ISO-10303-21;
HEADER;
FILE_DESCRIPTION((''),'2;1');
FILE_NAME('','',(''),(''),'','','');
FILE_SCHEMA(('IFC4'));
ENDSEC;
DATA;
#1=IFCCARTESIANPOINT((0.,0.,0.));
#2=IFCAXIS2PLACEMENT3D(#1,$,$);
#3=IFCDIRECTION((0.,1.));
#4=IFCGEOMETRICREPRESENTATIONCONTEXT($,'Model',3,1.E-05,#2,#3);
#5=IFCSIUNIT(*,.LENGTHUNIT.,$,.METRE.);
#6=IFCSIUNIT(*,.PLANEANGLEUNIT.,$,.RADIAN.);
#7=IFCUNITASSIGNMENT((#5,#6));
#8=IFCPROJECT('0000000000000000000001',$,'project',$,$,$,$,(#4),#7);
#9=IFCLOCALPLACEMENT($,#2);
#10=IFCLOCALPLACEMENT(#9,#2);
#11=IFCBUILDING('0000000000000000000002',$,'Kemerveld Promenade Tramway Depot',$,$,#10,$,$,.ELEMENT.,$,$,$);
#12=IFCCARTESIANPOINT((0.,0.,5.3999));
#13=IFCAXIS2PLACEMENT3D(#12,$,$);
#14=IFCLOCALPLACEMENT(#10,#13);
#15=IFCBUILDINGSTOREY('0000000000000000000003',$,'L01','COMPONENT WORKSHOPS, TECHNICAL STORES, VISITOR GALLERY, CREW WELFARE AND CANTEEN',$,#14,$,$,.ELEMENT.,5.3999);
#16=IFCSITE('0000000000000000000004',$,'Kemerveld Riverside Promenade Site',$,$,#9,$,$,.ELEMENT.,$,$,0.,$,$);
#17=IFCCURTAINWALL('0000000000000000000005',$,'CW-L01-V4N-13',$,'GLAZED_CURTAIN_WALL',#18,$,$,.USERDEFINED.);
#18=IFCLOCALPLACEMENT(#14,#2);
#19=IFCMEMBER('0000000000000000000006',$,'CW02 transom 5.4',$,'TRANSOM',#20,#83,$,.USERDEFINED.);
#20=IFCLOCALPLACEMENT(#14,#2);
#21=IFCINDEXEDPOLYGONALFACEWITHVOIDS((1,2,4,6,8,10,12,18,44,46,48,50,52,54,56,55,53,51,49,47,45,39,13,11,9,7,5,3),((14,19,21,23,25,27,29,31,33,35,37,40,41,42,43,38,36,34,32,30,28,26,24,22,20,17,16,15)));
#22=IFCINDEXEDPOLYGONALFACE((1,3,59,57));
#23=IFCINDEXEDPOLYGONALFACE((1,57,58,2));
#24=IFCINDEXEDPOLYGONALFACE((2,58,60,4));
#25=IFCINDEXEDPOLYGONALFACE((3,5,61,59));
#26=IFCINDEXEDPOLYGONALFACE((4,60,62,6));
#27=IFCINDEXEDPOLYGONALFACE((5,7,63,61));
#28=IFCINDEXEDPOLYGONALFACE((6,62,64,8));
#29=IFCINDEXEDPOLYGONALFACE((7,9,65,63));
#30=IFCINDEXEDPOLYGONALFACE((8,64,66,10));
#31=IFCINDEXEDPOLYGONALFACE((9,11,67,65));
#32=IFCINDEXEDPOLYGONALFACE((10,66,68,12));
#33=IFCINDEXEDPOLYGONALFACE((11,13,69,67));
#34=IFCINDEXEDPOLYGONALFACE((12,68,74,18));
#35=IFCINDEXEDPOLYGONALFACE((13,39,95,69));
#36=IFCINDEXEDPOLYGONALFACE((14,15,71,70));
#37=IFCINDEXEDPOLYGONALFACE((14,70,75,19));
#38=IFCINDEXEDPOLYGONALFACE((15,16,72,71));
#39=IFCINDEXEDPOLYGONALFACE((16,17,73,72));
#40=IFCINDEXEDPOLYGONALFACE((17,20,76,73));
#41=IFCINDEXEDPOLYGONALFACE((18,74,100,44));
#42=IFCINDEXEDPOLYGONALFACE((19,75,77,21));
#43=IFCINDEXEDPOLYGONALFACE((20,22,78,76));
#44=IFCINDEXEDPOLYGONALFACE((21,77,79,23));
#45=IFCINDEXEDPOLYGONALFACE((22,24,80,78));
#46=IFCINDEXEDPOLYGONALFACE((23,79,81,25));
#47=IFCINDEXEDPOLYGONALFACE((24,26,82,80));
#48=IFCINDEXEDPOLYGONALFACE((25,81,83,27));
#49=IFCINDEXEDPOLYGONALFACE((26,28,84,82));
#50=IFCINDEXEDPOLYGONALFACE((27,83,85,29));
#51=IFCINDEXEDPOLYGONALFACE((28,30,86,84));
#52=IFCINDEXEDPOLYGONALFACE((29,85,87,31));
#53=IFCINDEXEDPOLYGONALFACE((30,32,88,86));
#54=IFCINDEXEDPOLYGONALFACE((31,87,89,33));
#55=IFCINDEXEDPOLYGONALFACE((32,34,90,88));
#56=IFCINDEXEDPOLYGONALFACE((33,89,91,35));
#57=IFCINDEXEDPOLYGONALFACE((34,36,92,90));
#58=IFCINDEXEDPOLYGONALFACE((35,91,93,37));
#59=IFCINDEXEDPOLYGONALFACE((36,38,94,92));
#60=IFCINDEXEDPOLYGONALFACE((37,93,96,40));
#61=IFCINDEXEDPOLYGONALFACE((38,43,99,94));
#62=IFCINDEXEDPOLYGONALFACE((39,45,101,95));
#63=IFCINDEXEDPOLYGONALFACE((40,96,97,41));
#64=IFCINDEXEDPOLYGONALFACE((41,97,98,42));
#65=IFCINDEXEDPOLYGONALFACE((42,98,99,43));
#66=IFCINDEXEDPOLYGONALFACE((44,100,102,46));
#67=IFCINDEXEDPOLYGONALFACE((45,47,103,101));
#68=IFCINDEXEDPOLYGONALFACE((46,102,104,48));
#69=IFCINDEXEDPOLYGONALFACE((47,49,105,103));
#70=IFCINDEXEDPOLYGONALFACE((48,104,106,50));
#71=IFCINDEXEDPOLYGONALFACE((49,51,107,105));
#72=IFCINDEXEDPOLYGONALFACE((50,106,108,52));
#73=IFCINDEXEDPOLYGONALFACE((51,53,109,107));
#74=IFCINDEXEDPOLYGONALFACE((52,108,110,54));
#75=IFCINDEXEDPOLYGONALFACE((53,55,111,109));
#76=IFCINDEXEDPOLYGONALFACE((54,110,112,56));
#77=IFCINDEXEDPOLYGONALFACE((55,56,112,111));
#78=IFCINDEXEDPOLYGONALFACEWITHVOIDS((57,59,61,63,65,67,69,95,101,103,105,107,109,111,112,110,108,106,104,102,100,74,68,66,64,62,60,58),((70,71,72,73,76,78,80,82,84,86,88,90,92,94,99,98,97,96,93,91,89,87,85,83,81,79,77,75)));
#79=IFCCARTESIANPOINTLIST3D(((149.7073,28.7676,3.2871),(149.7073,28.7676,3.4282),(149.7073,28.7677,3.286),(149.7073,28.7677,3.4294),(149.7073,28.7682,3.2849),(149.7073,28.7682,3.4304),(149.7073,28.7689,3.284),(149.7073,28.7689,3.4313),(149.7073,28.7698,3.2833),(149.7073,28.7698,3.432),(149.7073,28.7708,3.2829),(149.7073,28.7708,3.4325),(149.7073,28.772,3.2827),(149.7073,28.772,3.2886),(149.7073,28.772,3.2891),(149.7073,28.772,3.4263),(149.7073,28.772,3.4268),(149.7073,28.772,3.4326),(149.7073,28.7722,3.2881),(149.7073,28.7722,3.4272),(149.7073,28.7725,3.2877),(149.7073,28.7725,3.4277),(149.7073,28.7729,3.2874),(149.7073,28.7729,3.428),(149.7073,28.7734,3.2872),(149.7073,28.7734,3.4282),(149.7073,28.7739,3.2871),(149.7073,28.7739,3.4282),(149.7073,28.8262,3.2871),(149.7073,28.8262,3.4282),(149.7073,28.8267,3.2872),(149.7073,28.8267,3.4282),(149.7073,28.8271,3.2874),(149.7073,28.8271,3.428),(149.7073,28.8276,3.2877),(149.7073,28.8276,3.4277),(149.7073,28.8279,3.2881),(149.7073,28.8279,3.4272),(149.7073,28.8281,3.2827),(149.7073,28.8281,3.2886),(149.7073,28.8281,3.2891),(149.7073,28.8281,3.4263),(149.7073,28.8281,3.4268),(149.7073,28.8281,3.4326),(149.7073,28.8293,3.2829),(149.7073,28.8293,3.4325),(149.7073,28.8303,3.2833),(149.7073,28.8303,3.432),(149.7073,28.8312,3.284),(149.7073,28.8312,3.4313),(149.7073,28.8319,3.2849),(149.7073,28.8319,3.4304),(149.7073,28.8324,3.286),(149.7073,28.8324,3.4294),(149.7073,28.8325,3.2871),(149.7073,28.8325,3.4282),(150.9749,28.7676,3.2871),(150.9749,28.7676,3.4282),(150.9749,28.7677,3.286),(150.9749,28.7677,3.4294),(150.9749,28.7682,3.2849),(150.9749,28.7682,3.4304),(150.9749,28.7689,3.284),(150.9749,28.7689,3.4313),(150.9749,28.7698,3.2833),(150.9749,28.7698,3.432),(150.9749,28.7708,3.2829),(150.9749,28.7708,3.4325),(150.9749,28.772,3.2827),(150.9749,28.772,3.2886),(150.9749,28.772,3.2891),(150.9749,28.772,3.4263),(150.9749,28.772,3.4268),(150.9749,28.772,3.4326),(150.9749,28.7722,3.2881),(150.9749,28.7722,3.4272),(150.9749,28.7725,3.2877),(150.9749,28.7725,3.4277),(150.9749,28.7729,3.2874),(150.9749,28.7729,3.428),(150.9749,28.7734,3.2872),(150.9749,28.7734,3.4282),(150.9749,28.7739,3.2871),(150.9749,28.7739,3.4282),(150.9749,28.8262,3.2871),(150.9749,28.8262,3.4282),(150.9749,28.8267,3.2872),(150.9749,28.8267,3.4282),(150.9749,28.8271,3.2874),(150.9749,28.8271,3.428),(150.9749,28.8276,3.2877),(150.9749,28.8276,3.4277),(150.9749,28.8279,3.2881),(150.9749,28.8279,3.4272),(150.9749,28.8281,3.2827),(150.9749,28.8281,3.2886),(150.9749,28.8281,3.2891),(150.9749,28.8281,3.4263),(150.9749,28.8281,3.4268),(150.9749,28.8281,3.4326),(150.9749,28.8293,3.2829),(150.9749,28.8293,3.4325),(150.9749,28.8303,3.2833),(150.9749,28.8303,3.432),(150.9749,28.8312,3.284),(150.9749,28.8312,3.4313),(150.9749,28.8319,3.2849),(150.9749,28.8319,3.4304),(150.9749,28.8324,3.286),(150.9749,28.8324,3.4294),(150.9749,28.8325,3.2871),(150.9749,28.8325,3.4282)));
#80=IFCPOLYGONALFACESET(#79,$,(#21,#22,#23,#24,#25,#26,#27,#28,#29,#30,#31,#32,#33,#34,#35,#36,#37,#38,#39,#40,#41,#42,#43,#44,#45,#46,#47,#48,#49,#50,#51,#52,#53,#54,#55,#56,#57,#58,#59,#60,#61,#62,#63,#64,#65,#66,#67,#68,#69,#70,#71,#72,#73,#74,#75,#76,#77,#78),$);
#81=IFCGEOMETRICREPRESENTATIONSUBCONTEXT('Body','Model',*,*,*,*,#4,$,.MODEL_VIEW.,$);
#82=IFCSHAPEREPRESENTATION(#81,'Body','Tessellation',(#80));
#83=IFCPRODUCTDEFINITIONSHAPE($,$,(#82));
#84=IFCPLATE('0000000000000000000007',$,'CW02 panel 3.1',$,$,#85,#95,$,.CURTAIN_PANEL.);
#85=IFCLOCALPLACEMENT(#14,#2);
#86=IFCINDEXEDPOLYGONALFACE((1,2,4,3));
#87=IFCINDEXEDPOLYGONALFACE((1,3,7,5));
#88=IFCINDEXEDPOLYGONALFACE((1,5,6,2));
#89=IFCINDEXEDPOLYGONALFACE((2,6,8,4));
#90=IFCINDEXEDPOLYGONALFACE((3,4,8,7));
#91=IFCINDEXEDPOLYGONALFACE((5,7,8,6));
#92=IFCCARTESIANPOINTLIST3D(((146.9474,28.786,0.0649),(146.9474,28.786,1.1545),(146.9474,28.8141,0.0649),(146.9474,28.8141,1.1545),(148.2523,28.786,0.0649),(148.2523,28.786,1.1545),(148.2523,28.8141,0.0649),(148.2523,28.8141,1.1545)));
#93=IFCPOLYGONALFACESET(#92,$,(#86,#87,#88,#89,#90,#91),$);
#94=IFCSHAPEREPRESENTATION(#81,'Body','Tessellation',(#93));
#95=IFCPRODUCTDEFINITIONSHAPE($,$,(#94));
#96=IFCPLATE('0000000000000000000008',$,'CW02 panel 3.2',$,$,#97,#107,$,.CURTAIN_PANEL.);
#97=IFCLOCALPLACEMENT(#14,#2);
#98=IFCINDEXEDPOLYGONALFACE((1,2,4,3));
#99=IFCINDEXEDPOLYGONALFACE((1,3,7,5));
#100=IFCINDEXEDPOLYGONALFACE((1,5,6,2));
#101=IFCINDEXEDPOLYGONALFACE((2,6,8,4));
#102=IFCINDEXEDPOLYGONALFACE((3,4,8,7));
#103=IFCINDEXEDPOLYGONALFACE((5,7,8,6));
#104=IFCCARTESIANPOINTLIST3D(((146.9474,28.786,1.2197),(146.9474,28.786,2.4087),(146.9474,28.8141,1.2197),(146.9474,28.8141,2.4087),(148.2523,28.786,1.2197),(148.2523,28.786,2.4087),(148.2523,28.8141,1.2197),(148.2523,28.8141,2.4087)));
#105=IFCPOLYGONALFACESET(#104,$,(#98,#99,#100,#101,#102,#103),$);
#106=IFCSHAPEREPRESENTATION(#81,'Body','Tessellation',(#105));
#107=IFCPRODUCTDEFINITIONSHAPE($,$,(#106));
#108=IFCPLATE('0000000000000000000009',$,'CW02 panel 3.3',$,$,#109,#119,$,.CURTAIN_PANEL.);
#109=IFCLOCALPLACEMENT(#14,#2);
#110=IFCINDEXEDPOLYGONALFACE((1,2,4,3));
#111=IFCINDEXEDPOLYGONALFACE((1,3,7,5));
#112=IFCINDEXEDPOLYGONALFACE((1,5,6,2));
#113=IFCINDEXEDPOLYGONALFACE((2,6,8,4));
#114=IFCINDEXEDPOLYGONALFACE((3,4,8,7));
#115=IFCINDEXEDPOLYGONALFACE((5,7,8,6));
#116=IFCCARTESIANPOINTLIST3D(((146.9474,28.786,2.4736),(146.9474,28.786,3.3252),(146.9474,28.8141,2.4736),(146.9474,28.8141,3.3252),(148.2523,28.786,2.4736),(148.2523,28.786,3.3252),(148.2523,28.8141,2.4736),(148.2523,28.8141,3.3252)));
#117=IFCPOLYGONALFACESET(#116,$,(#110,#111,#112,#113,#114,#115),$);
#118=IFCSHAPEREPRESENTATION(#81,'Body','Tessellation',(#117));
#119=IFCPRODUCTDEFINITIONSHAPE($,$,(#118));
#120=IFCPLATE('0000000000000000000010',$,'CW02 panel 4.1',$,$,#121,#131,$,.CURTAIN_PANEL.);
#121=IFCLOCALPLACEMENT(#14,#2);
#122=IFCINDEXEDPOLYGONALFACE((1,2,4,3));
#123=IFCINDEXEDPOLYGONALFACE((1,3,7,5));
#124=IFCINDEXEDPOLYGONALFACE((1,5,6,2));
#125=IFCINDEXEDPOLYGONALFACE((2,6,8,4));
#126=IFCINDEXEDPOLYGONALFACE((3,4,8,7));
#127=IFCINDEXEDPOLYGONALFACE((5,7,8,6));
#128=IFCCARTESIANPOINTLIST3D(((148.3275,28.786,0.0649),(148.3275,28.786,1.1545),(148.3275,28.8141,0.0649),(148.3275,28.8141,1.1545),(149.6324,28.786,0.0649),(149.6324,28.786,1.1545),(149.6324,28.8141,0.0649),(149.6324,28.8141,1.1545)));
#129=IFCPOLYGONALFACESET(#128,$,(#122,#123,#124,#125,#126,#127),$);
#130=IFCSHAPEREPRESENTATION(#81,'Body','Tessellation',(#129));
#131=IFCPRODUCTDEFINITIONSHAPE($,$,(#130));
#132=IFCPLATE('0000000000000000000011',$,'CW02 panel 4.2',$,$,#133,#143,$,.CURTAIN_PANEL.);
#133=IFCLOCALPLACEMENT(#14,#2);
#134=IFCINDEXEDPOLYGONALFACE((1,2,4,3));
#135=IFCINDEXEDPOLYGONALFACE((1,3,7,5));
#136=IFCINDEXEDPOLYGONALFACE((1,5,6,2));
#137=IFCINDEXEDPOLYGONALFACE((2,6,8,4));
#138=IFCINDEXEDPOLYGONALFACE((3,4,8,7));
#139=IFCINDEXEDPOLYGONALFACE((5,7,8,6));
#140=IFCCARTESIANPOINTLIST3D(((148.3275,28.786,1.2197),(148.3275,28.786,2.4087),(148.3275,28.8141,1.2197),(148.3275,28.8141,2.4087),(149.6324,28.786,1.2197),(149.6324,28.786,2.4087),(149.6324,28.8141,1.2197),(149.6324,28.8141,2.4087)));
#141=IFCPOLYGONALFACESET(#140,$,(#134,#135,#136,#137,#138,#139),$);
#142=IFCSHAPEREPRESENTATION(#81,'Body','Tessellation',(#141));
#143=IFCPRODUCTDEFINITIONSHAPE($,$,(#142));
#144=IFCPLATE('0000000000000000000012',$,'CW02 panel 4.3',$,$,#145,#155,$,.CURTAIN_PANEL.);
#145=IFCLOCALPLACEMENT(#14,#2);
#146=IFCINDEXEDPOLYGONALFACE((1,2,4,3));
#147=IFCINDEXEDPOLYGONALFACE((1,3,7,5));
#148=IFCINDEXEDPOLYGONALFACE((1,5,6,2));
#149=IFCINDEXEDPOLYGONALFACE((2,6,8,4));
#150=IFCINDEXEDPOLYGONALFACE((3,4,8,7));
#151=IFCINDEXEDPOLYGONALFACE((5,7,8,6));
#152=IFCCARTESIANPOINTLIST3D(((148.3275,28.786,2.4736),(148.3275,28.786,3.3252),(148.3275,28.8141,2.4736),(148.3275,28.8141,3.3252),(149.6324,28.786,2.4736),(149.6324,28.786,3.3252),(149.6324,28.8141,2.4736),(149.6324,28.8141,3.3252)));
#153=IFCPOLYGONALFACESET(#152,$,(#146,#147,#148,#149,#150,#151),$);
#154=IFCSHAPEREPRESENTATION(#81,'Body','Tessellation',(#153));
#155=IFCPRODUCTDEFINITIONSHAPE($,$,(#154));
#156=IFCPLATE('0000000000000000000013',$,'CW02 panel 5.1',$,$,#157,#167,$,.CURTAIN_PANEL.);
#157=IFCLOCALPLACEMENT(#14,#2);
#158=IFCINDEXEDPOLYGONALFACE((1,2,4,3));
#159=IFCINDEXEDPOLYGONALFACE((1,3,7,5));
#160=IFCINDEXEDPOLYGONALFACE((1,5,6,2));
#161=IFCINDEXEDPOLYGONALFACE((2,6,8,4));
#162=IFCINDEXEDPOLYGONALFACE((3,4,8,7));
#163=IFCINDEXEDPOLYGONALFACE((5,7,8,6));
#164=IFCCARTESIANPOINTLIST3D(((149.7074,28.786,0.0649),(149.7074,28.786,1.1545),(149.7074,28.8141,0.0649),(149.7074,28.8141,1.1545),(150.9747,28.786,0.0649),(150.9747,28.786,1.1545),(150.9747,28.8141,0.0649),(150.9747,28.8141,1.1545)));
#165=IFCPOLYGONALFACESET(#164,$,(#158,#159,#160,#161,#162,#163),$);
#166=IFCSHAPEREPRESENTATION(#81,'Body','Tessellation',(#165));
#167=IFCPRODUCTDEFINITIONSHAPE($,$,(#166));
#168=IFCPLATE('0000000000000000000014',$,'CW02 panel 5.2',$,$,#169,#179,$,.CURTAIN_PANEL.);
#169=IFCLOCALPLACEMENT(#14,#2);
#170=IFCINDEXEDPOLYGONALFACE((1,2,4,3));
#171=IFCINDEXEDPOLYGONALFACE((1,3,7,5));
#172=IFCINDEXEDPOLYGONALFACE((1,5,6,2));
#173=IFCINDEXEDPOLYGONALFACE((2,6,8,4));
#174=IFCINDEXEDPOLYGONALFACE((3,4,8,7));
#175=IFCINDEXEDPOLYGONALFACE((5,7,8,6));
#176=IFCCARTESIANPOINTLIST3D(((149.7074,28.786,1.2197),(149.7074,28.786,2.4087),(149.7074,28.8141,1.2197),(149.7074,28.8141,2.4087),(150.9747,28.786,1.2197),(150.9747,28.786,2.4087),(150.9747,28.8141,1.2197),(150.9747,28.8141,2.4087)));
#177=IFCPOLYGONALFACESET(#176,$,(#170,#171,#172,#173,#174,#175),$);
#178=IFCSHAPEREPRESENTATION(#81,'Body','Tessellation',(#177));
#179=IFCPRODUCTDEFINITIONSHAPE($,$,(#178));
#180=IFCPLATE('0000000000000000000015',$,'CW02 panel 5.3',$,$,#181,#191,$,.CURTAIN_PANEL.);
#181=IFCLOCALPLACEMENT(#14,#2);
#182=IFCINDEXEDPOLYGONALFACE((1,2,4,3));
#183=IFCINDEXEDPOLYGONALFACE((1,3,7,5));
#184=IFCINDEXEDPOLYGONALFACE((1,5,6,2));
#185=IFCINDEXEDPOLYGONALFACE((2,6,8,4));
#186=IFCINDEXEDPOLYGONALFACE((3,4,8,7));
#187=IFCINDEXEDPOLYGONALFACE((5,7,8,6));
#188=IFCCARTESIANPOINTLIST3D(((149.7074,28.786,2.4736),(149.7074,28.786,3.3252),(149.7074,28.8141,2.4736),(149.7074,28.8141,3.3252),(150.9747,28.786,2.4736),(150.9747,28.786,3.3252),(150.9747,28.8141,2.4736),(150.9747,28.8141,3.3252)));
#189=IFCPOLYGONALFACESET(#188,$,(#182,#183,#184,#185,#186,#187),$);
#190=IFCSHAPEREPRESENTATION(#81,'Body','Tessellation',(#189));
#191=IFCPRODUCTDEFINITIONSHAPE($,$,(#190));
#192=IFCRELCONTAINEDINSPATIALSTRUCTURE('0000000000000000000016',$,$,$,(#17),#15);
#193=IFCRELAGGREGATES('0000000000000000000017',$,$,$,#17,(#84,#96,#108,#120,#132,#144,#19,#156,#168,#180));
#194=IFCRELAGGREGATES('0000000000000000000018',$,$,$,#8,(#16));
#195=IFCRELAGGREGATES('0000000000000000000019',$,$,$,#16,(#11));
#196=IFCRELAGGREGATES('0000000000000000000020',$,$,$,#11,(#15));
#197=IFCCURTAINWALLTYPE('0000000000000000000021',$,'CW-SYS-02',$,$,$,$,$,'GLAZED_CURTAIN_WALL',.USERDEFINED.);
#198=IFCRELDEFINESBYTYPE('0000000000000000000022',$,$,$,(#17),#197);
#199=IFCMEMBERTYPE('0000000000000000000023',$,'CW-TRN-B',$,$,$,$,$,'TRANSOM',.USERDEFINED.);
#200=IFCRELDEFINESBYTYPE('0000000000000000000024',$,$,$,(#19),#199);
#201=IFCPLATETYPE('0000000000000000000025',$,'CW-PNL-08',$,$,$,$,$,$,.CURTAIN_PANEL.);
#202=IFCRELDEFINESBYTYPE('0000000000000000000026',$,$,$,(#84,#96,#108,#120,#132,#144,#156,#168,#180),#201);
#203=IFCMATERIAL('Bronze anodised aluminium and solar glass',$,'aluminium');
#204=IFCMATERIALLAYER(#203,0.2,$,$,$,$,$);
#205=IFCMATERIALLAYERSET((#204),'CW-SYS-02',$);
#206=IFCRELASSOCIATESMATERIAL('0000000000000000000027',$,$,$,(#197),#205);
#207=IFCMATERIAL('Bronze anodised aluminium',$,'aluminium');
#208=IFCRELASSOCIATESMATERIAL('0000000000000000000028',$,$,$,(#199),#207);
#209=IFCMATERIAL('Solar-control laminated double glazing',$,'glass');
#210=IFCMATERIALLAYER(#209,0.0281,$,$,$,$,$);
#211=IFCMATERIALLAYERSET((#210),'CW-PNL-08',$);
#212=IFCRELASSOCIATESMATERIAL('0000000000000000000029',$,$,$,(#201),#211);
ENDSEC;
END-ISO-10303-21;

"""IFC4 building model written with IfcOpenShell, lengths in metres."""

from ifc_helpers import new_model, si_unit, direction, frame, origin, origin_2d, place, context, subcontext, project, spatial, rectangle, hollow_rectangle, extrude, material, layer, layer_set, material_profile, profile_set, type_object, element, aggregate, save


model = new_model("IFC4")

# Units and contexts
model_context = context("Model", 3, precision=1e-05, world=origin(), true_north=direction((0.0, 1.0)))
body_context = subcontext(model_context, "Body", "Model", "MODEL_VIEW")
ifc_project = project(units=[si_unit("LENGTHUNIT", "METRE"), si_unit("PLANEANGLEUNIT", "RADIAN")], contexts=[model_context])

# Site, building, storey
site_placement = place(None, origin())
site = spatial("IfcSite", under=ifc_project, at=site_placement, Name="Kemerveld Riverside Promenade Site", CompositionType="ELEMENT", RefElevation=0.0)
building_placement = place(site_placement, origin())
building = spatial("IfcBuilding", under=site, at=building_placement, Name="Kemerveld Promenade Tramway Depot", CompositionType="ELEMENT")
storey_placement = place(building_placement, frame((0.0, 0.0, 5.3999)))
storey = spatial("IfcBuildingStorey", under=building, at=storey_placement, Name="L01", Description="COMPONENT WORKSHOPS, TECHNICAL STORES, VISITOR GALLERY, CREW WELFARE AND CANTEEN", CompositionType="ELEMENT", Elevation=5.3999)

# Curtain wall, member, plates
ifc_material_1 = material(Name="Bronze anodised aluminium and solar glass", Category="aluminium")
ifc_layer_1 = layer(ifc_material_1, 0.2)
ifc_layer_set_1 = layer_set([ifc_layer_1], Name="CW-SYS-02")
curtain_wall_type = type_object("IfcCurtainWallType", Name="CW-SYS-02", ElementType="GLAZED_CURTAIN_WALL", PredefinedType="USERDEFINED", material=ifc_layer_set_1)
curtain_wall_placement = place(storey_placement, origin())
curtain_wall = element("IfcCurtainWall", 1, at=curtain_wall_placement, inside=storey, type_object=curtain_wall_type, Name="CW-L01-V4N-13", ObjectType="GLAZED_CURTAIN_WALL", PredefinedType="USERDEFINED")
ifc_material_2 = material(Name="Bronze anodised aluminium", Category="aluminium")
ifc_material_profile_1 = material_profile(ifc_material_2, hollow_rectangle(XDim=0.0649, YDim=0.1499, WallThickness=0.0044, InnerFilletRadius=0.002, OuterFilletRadius=0.0044, at=origin_2d()), Name="CW-TRN-150x65")
ifc_profile_set_1 = profile_set([ifc_material_profile_1], Name="Bronze anodised aluminium")
member_type_1 = type_object("IfcMemberType", Name="CW-TRN-B", ElementType="TRANSOM", PredefinedType="USERDEFINED", material=ifc_profile_set_1)
member_1_placement = place(storey_placement, frame((149.7073, 28.8, 3.3577), z_axis=(1.0, 0.0, 0.0), x_axis=(0.0, 1.0, 0.0)))
member_1 = element("IfcMember", 2, at=member_1_placement, type_object=member_type_1, Name="CW02 transom 5.4", ObjectType="TRANSOM", PredefinedType="USERDEFINED", context=body_context, shape_type="SweptSolid", body=[
    extrude(hollow_rectangle(XDim=0.0649, YDim=0.1499, WallThickness=0.0044, InnerFilletRadius=0.002, OuterFilletRadius=0.0044, at=origin_2d()), origin(), (0.0, 0.0, 1.0), 1.2676),
])
ifc_material_3 = material(Name="Solar-control laminated double glazing", Category="glass")
ifc_layer_2 = layer(ifc_material_3, 0.0281)
ifc_layer_set_2 = layer_set([ifc_layer_2], Name="CW-PNL-08")
plate_type = type_object("IfcPlateType", Name="CW-PNL-08", PredefinedType="CURTAIN_PANEL", material=ifc_layer_set_2)
plate_1_placement = place(storey_placement, frame((147.5999, 28.8, 0.0649), z_axis=(0.0, 0.0, 1.0), x_axis=(1.0, 0.0, 0.0)))
plate_1 = element("IfcPlate", 3, at=plate_1_placement, type_object=plate_type, Name="CW02 panel 3.1", PredefinedType="CURTAIN_PANEL", context=body_context, shape_type="SweptSolid", body=[
    extrude(rectangle(XDim=1.3049, YDim=0.0281, at=origin_2d()), origin(), (0.0, 0.0, 1.0), 1.0896),
])
plate_2_placement = place(storey_placement, frame((147.5999, 28.8, 1.2197), z_axis=(0.0, 0.0, 1.0), x_axis=(1.0, 0.0, 0.0)))
plate_2 = element("IfcPlate", 4, at=plate_2_placement, type_object=plate_type, Name="CW02 panel 3.2", PredefinedType="CURTAIN_PANEL", context=body_context, shape_type="SweptSolid", body=[
    extrude(rectangle(XDim=1.3049, YDim=0.0281, at=origin_2d()), origin(), (0.0, 0.0, 1.0), 1.189),
])
plate_3_placement = place(storey_placement, frame((147.5999, 28.8, 2.4736), z_axis=(0.0, 0.0, 1.0), x_axis=(1.0, 0.0, 0.0)))
plate_3 = element("IfcPlate", 5, at=plate_3_placement, type_object=plate_type, Name="CW02 panel 3.3", PredefinedType="CURTAIN_PANEL", context=body_context, shape_type="SweptSolid", body=[
    extrude(rectangle(XDim=1.3049, YDim=0.0281, at=origin_2d()), origin(), (0.0, 0.0, 1.0), 0.8516),
])
plate_4_placement = place(storey_placement, frame((148.98, 28.8, 0.0649), z_axis=(0.0, 0.0, 1.0), x_axis=(1.0, 0.0, 0.0)))
plate_4 = element("IfcPlate", 6, at=plate_4_placement, type_object=plate_type, Name="CW02 panel 4.1", PredefinedType="CURTAIN_PANEL", context=body_context, shape_type="SweptSolid", body=[
    extrude(rectangle(XDim=1.3049, YDim=0.0281, at=origin_2d()), origin(), (0.0, 0.0, 1.0), 1.0896),
])
plate_5_placement = place(storey_placement, frame((148.98, 28.8, 1.2197), z_axis=(0.0, 0.0, 1.0), x_axis=(1.0, 0.0, 0.0)))
plate_5 = element("IfcPlate", 7, at=plate_5_placement, type_object=plate_type, Name="CW02 panel 4.2", PredefinedType="CURTAIN_PANEL", context=body_context, shape_type="SweptSolid", body=[
    extrude(rectangle(XDim=1.3049, YDim=0.0281, at=origin_2d()), origin(), (0.0, 0.0, 1.0), 1.189),
])
plate_6_placement = place(storey_placement, frame((148.98, 28.8, 2.4736), z_axis=(0.0, 0.0, 1.0), x_axis=(1.0, 0.0, 0.0)))
plate_6 = element("IfcPlate", 8, at=plate_6_placement, type_object=plate_type, Name="CW02 panel 4.3", PredefinedType="CURTAIN_PANEL", context=body_context, shape_type="SweptSolid", body=[
    extrude(rectangle(XDim=1.3049, YDim=0.0281, at=origin_2d()), origin(), (0.0, 0.0, 1.0), 0.8516),
])
plate_7_placement = place(storey_placement, frame((150.3411, 28.8, 0.0649), z_axis=(0.0, 0.0, 1.0), x_axis=(1.0, 0.0, 0.0)))
plate_7 = element("IfcPlate", 9, at=plate_7_placement, type_object=plate_type, Name="CW02 panel 5.1", PredefinedType="CURTAIN_PANEL", context=body_context, shape_type="SweptSolid", body=[
    extrude(rectangle(XDim=1.2673, YDim=0.0281, at=origin_2d()), origin(), (0.0, 0.0, 1.0), 1.0896),
])
plate_8_placement = place(storey_placement, frame((150.3411, 28.8, 1.2197), z_axis=(0.0, 0.0, 1.0), x_axis=(1.0, 0.0, 0.0)))
plate_8 = element("IfcPlate", 10, at=plate_8_placement, type_object=plate_type, Name="CW02 panel 5.2", PredefinedType="CURTAIN_PANEL", context=body_context, shape_type="SweptSolid", body=[
    extrude(rectangle(XDim=1.2673, YDim=0.0281, at=origin_2d()), origin(), (0.0, 0.0, 1.0), 1.189),
])
plate_9_placement = place(storey_placement, frame((150.3411, 28.8, 2.4736), z_axis=(0.0, 0.0, 1.0), x_axis=(1.0, 0.0, 0.0)))
plate_9 = element("IfcPlate", 11, at=plate_9_placement, type_object=plate_type, Name="CW02 panel 5.3", PredefinedType="CURTAIN_PANEL", context=body_context, shape_type="SweptSolid", body=[
    extrude(rectangle(XDim=1.2673, YDim=0.0281, at=origin_2d()), origin(), (0.0, 0.0, 1.0), 0.8516),
])
aggregate(curtain_wall, [plate_1, plate_2, plate_3, plate_4, plate_5, plate_6, member_1, plate_7, plate_8, plate_9])

save(model, "model.ifc")
